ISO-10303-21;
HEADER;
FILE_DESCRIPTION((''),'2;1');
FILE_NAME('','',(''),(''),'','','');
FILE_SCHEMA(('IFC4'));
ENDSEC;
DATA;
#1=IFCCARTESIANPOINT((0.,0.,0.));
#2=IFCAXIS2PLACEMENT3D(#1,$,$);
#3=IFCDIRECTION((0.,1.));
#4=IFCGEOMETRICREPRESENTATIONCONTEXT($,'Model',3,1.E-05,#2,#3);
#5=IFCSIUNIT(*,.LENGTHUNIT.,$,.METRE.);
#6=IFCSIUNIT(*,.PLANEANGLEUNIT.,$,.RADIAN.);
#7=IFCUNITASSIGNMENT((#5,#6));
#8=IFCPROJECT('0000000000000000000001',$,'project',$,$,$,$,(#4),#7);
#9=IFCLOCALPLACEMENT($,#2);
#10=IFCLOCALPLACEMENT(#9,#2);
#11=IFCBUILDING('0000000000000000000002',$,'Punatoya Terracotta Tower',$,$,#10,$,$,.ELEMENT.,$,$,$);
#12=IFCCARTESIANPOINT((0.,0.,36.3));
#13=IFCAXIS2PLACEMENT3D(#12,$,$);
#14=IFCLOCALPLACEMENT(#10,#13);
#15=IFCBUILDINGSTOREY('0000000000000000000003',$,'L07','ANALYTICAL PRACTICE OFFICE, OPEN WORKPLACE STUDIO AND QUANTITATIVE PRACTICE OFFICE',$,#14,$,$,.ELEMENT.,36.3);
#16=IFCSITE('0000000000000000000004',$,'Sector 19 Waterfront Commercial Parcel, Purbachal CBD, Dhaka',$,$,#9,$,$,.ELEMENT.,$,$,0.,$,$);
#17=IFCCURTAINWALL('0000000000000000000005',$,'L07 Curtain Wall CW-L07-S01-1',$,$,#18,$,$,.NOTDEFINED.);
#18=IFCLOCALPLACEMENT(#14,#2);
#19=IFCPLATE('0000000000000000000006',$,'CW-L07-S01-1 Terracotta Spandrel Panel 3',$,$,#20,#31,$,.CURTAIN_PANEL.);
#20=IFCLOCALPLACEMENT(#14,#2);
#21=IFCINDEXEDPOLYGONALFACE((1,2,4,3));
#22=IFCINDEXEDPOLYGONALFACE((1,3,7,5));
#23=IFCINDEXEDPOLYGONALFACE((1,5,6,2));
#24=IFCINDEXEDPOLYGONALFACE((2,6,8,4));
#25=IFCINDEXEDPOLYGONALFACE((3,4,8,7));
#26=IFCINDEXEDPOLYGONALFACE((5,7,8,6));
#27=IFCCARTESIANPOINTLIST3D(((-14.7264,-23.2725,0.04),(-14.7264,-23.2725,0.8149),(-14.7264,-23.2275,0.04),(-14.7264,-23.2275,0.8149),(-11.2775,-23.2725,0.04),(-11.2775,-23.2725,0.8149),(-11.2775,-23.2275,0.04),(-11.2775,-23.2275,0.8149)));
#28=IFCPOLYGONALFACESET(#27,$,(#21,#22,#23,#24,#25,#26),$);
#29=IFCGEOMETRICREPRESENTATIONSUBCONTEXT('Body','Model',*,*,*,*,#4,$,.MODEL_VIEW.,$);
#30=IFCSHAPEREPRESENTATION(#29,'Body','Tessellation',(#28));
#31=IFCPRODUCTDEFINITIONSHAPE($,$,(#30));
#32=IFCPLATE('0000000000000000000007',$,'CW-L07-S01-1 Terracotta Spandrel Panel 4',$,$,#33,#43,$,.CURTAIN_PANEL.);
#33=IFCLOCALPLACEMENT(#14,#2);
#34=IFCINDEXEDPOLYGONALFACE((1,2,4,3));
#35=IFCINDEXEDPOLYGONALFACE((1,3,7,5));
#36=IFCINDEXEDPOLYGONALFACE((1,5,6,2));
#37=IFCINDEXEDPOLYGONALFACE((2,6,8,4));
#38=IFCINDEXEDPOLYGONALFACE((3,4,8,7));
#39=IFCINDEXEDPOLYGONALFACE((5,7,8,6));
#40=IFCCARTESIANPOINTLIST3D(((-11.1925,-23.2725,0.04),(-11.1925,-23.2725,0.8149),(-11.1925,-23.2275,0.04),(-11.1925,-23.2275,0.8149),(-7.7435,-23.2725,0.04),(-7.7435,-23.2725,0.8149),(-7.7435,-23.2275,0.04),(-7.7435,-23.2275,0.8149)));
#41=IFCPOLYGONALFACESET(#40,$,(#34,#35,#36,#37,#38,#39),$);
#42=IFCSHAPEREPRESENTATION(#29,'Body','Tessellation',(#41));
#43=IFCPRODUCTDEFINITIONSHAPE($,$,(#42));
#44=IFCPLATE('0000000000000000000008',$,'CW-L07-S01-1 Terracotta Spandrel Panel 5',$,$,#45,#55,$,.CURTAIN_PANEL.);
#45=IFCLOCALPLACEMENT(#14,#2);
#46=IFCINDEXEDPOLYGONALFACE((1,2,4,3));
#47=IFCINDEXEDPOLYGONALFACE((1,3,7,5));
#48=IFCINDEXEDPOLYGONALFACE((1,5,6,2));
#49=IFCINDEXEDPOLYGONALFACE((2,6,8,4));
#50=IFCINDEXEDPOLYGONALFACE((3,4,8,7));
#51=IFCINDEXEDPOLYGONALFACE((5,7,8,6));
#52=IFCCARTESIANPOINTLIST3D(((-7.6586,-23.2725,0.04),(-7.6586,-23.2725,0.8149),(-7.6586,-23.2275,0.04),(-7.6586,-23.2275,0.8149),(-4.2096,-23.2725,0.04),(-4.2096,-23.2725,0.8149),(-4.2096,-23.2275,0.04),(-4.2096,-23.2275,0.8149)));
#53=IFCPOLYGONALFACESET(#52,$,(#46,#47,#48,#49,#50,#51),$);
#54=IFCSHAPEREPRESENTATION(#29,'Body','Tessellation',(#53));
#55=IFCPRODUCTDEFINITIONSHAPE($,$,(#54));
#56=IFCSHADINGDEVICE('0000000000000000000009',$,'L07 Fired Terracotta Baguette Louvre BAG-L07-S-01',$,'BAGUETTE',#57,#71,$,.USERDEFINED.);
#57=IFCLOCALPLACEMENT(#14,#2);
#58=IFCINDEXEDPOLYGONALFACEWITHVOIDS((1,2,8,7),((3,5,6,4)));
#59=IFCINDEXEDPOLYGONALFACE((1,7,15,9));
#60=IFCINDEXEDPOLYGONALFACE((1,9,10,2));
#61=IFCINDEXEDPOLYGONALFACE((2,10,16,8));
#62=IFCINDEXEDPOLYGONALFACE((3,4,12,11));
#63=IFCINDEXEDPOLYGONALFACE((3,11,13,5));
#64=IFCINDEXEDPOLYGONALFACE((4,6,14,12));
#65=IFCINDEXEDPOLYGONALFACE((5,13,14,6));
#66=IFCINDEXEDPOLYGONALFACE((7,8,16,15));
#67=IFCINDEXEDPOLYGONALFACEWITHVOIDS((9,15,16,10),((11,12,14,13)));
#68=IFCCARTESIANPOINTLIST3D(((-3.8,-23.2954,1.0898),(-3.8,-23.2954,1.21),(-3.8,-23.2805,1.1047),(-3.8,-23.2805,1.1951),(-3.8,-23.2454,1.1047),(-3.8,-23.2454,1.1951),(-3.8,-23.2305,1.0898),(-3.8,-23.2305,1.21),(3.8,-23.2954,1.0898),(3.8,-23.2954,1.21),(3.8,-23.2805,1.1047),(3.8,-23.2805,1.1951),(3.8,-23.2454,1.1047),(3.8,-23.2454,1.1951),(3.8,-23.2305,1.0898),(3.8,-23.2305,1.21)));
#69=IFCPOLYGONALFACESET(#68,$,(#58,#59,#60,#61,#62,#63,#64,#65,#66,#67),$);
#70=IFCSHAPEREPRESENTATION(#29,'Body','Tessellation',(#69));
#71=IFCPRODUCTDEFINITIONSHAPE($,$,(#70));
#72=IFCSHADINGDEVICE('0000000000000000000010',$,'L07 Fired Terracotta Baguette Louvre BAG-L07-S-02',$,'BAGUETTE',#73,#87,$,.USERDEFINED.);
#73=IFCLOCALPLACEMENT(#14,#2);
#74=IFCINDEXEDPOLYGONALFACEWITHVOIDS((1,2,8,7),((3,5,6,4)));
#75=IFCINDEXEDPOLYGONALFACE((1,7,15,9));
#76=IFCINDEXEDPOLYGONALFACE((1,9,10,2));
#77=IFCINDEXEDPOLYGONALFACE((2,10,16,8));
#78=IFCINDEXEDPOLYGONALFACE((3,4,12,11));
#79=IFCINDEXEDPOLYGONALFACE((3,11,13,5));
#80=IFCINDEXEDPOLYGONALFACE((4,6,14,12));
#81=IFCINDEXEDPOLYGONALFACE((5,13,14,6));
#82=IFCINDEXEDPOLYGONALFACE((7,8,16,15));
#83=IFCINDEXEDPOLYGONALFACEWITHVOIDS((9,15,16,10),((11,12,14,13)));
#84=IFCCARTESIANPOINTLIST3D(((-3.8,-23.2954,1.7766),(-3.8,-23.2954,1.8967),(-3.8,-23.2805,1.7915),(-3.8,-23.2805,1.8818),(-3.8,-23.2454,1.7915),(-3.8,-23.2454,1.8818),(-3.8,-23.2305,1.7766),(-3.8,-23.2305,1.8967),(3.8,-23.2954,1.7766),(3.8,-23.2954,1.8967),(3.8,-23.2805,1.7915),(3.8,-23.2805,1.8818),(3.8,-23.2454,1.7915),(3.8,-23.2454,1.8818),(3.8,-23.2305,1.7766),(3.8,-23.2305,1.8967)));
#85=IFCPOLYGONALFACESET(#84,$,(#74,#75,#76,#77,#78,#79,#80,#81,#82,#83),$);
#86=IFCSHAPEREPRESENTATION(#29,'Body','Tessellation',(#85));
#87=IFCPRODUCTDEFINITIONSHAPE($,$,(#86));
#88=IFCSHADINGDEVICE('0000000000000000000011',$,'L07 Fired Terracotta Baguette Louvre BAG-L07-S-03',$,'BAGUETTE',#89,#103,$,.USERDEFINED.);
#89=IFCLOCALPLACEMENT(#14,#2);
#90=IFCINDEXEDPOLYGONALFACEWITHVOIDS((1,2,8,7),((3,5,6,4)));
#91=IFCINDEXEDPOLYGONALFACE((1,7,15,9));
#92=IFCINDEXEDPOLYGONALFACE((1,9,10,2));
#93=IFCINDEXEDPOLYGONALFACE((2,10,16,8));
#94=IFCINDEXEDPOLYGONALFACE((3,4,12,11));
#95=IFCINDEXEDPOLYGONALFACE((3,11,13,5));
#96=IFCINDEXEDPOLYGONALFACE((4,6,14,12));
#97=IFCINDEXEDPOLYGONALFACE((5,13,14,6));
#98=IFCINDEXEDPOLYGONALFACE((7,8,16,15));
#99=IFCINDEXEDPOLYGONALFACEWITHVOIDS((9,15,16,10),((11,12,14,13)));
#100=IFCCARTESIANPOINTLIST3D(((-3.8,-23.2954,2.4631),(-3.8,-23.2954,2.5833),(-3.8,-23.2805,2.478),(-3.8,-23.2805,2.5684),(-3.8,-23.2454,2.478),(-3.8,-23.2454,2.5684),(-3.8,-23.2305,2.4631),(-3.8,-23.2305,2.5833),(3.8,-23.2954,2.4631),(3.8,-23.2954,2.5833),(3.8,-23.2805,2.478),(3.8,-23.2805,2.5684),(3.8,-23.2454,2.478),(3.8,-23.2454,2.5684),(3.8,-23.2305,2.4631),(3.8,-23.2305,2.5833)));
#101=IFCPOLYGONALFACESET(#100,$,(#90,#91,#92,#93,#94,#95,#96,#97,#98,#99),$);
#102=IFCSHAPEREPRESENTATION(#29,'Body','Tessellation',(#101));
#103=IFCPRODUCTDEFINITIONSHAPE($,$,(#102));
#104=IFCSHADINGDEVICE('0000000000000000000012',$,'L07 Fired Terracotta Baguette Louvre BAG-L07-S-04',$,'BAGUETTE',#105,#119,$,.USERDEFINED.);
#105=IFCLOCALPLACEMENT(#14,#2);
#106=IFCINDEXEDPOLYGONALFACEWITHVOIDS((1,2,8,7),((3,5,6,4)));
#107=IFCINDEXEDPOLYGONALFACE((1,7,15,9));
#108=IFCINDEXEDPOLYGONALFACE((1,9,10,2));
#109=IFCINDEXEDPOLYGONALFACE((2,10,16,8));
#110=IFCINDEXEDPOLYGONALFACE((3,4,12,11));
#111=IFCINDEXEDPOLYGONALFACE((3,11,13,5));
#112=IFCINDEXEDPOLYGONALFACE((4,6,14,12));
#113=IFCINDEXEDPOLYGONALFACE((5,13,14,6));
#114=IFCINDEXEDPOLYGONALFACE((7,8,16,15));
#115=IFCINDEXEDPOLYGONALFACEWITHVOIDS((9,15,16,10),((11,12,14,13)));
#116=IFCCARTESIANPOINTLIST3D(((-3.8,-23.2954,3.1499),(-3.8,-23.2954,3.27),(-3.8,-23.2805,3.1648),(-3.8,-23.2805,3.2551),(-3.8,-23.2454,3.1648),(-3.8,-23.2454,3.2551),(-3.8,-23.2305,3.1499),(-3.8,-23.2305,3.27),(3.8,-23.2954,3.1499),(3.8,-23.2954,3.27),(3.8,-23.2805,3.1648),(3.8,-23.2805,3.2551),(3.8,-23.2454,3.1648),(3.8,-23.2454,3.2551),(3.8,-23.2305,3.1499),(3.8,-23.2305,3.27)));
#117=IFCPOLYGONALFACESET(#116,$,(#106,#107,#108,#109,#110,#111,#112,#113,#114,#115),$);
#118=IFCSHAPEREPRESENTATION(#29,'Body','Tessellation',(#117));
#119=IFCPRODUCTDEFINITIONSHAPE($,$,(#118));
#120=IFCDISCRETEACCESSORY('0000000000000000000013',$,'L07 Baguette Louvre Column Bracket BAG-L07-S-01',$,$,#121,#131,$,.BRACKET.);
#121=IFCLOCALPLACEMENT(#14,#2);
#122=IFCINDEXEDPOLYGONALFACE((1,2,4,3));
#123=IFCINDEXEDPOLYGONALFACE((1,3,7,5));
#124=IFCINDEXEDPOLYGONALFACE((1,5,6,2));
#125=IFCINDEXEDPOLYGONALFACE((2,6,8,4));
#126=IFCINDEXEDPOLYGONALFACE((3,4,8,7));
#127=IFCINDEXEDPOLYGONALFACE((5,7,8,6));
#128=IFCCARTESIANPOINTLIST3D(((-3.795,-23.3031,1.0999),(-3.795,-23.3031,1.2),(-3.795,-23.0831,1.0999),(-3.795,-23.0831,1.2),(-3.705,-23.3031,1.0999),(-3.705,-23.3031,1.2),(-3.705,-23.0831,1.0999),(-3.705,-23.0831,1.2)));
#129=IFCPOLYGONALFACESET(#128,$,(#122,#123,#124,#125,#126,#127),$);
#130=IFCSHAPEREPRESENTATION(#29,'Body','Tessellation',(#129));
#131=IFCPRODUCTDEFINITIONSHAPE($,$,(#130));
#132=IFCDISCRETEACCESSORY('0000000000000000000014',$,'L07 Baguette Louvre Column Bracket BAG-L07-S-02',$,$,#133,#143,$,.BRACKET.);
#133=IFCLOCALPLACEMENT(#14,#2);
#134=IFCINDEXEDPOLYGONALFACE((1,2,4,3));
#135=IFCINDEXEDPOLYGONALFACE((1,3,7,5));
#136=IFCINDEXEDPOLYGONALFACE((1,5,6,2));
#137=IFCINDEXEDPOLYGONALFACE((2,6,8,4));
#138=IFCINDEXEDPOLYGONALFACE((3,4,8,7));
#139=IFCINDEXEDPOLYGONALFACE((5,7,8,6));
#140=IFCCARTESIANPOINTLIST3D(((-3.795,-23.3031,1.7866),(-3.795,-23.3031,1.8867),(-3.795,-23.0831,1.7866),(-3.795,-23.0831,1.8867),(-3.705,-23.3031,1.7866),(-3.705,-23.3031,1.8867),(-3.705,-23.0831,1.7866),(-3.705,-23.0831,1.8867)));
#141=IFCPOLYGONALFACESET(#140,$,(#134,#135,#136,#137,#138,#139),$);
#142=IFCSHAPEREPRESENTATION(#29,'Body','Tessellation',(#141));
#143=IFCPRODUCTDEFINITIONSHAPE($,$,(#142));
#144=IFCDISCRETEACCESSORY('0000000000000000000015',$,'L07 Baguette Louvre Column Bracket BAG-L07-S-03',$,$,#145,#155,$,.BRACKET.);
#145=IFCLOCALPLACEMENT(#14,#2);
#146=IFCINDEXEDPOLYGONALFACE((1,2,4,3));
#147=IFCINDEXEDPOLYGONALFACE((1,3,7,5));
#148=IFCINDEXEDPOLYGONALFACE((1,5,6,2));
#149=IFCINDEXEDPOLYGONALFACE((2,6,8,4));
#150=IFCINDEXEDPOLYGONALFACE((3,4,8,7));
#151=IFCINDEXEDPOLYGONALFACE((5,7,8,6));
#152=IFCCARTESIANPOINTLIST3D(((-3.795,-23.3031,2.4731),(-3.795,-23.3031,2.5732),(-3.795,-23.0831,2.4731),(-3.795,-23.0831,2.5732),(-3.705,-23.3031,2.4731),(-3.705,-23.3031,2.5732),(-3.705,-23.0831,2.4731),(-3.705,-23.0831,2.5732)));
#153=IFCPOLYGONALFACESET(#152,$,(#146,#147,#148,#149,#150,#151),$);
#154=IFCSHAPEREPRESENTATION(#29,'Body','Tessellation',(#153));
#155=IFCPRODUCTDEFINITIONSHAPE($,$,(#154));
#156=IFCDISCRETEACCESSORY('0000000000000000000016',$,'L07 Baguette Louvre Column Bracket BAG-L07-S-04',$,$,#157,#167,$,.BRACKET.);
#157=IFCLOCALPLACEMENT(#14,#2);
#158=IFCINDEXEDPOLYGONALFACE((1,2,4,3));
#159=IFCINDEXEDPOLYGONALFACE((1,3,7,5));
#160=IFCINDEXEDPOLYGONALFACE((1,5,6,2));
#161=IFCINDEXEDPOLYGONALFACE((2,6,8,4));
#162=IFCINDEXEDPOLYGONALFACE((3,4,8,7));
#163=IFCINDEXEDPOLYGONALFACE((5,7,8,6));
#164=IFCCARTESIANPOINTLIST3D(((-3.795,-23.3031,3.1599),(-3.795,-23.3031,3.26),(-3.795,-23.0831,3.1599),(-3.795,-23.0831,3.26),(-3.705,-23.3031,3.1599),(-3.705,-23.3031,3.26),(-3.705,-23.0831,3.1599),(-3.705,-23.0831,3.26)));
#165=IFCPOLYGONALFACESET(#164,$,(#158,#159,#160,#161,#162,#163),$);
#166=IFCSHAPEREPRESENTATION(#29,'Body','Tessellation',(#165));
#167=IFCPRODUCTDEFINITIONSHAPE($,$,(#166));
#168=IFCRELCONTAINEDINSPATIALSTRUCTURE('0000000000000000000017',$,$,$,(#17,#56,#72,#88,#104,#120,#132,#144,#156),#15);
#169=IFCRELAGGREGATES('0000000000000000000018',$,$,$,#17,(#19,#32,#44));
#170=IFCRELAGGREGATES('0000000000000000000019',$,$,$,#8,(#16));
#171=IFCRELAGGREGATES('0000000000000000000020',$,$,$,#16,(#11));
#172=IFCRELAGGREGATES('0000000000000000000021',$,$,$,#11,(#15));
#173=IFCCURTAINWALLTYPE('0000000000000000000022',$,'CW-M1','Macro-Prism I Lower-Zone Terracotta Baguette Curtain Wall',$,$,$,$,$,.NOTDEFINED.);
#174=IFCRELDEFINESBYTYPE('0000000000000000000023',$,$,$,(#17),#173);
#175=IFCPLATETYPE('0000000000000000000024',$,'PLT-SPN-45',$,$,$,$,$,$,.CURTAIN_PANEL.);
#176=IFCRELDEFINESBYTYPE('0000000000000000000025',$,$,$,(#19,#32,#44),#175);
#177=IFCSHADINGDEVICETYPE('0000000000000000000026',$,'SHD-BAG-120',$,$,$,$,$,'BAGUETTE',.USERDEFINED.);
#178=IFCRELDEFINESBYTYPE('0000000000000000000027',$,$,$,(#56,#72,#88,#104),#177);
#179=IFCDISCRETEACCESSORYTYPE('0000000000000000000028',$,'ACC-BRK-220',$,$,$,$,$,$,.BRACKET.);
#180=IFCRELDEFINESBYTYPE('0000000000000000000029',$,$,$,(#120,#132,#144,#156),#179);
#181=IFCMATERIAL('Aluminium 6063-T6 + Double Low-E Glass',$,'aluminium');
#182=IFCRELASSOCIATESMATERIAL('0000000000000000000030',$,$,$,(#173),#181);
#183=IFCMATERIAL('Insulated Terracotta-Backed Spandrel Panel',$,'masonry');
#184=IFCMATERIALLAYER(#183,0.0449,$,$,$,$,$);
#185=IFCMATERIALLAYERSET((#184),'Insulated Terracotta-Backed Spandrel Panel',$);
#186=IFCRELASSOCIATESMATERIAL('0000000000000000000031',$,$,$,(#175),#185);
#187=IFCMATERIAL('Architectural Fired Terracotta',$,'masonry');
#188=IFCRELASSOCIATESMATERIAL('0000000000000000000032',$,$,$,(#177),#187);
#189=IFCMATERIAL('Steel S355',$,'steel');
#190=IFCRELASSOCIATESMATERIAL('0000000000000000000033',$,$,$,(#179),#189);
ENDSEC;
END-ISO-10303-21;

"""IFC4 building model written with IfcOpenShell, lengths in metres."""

from ifc_helpers import new_model, si_unit, direction, frame, origin, origin_2d, place, context, subcontext, project, spatial, rectangle, hollow_rectangle, extrude, material, layer, layer_set, material_profile, profile_set, type_object, element, aggregate, save


model = new_model("IFC4")

# Units and contexts
model_context = context("Model", 3, precision=1e-05, world=origin(), true_north=direction((0.0, 1.0)))
body_context = subcontext(model_context, "Body", "Model", "MODEL_VIEW")
ifc_project = project(units=[si_unit("LENGTHUNIT", "METRE"), si_unit("PLANEANGLEUNIT", "RADIAN")], contexts=[model_context])

# Site, building, storey
site_placement = place(None, origin())
site = spatial("IfcSite", under=ifc_project, at=site_placement, Name="Sector 19 Waterfront Commercial Parcel, Purbachal CBD, Dhaka", CompositionType="ELEMENT", RefElevation=0.0)
building_placement = place(site_placement, origin())
building = spatial("IfcBuilding", under=site, at=building_placement, Name="Punatoya Terracotta Tower", CompositionType="ELEMENT")
storey_placement = place(building_placement, frame((0.0, 0.0, 36.3)))
storey = spatial("IfcBuildingStorey", under=building, at=storey_placement, Name="L07", Description="ANALYTICAL PRACTICE OFFICE, OPEN WORKPLACE STUDIO AND QUANTITATIVE PRACTICE OFFICE", CompositionType="ELEMENT", Elevation=36.3)

# Curtain wall
ifc_material_1 = material(Name="Aluminium 6063-T6 + Double Low-E Glass", Category="aluminium")
curtain_wall_type = type_object("IfcCurtainWallType", Name="CW-M1", Description="Macro-Prism I Lower-Zone Terracotta Baguette Curtain Wall", PredefinedType="NOTDEFINED", material=ifc_material_1)
curtain_wall_placement = place(storey_placement, origin())
curtain_wall = element("IfcCurtainWall", 1, at=curtain_wall_placement, inside=storey, type_object=curtain_wall_type, Name="L07 Curtain Wall CW-L07-S01-1", PredefinedType="NOTDEFINED")

# Shared definitions
ifc_material_2 = material(Name="Steel S355", Category="steel")

# Plates
ifc_material_3 = material(Name="Insulated Terracotta-Backed Spandrel Panel", Category="masonry")
ifc_layer_1 = layer(ifc_material_3, 0.0449)
ifc_layer_set_1 = layer_set([ifc_layer_1], Name="Insulated Terracotta-Backed Spandrel Panel")
plate_type_1 = type_object("IfcPlateType", Name="PLT-SPN-45", PredefinedType="CURTAIN_PANEL", material=ifc_layer_set_1)
plate_1_placement = place(storey_placement, frame((-13.002, -23.25, 0.04), z_axis=(0.0, 0.0, 1.0), x_axis=(1.0, 0.0, 0.0)))
plate_1 = element("IfcPlate", 2, at=plate_1_placement, type_object=plate_type_1, Name="CW-L07-S01-1 Terracotta Spandrel Panel 3", PredefinedType="CURTAIN_PANEL", context=body_context, shape_type="SweptSolid", body=[
    extrude(rectangle(XDim=3.449, YDim=0.0449, at=origin_2d()), origin(), (0.0, 0.0, 1.0), 0.7749),
])
plate_2_placement = place(storey_placement, frame((-9.468, -23.25, 0.04), z_axis=(0.0, 0.0, 1.0), x_axis=(1.0, 0.0, 0.0)))
plate_2 = element("IfcPlate", 3, at=plate_2_placement, type_object=plate_type_1, Name="CW-L07-S01-1 Terracotta Spandrel Panel 4", PredefinedType="CURTAIN_PANEL", context=body_context, shape_type="SweptSolid", body=[
    extrude(rectangle(XDim=3.449, YDim=0.0449, at=origin_2d()), origin(), (0.0, 0.0, 1.0), 0.7749),
])
plate_3_placement = place(storey_placement, frame((-5.9341, -23.25, 0.04), z_axis=(0.0, 0.0, 1.0), x_axis=(1.0, 0.0, 0.0)))
plate_3 = element("IfcPlate", 4, at=plate_3_placement, type_object=plate_type_1, Name="CW-L07-S01-1 Terracotta Spandrel Panel 5", PredefinedType="CURTAIN_PANEL", context=body_context, shape_type="SweptSolid", body=[
    extrude(rectangle(XDim=3.449, YDim=0.0449, at=origin_2d()), origin(), (0.0, 0.0, 1.0), 0.7749),
])
aggregate(curtain_wall, [plate_1, plate_2, plate_3])

# Shading devices
ifc_material_4 = material(Name="Architectural Fired Terracotta", Category="masonry")
ifc_material_profile_1 = material_profile(ifc_material_4, hollow_rectangle(XDim=0.0649, YDim=0.1201, WallThickness=0.0149, at=origin_2d()))
ifc_profile_set_1 = profile_set([ifc_material_profile_1], Name="Architectural Fired Terracotta")
shading_device_type = type_object("IfcShadingDeviceType", Name="SHD-BAG-120", ElementType="BAGUETTE", PredefinedType="USERDEFINED", material=ifc_profile_set_1)
for number, where, z_axis, x_axis, name in (
    (5, (-3.8, -23.2629, 1.1499), (1.0, 0.0, 0.0), (0.0, 1.0, 0.0), "L07 Fired Terracotta Baguette Louvre BAG-L07-S-01"),
    (6, (-3.8, -23.2629, 1.8367), (1.0, 0.0, 0.0), (0.0, 1.0, 0.0), "L07 Fired Terracotta Baguette Louvre BAG-L07-S-02"),
    (7, (-3.8, -23.2629, 2.5232), (1.0, 0.0, 0.0), (0.0, 1.0, 0.0), "L07 Fired Terracotta Baguette Louvre BAG-L07-S-03"),
    (8, (-3.8, -23.2629, 3.21), (1.0, 0.0, 0.0), (0.0, 1.0, 0.0), "L07 Fired Terracotta Baguette Louvre BAG-L07-S-04"),
):
    element("IfcShadingDevice", number, at=place(storey_placement, frame(where, z_axis=z_axis, x_axis=x_axis)), inside=storey, type_object=shading_device_type, Name=name, ObjectType="BAGUETTE", PredefinedType="USERDEFINED", context=body_context, shape_type="SweptSolid", body=[
        extrude(hollow_rectangle(XDim=0.0649, YDim=0.1201, WallThickness=0.0149, at=origin_2d()), origin(), (0.0, 0.0, 1.0), 7.6001),
    ])

# Discrete accessories
discrete_accessory_type = type_object("IfcDiscreteAccessoryType", Name="ACC-BRK-220", PredefinedType="BRACKET", material=ifc_material_2)
for number, where, z_axis, x_axis, name in (
    (9, (-3.75, -23.1931, 1.0999), (0.0, 0.0, 1.0), (1.0, 0.0, 0.0), "L07 Baguette Louvre Column Bracket BAG-L07-S-01"),
    (10, (-3.75, -23.1931, 1.7866), (0.0, 0.0, 1.0), (1.0, 0.0, 0.0), "L07 Baguette Louvre Column Bracket BAG-L07-S-02"),
    (11, (-3.75, -23.1931, 2.4731), (0.0, 0.0, 1.0), (1.0, 0.0, 0.0), "L07 Baguette Louvre Column Bracket BAG-L07-S-03"),
    (12, (-3.75, -23.1931, 3.1599), (0.0, 0.0, 1.0), (1.0, 0.0, 0.0), "L07 Baguette Louvre Column Bracket BAG-L07-S-04"),
):
    element("IfcDiscreteAccessory", number, at=place(storey_placement, frame(where, z_axis=z_axis, x_axis=x_axis)), inside=storey, type_object=discrete_accessory_type, Name=name, PredefinedType="BRACKET", context=body_context, shape_type="SweptSolid", body=[
        extrude(rectangle(XDim=0.0901, YDim=0.22, at=origin_2d()), origin(), (0.0, 0.0, 1.0), 0.1001),
    ])

save(model, "model.ifc")
